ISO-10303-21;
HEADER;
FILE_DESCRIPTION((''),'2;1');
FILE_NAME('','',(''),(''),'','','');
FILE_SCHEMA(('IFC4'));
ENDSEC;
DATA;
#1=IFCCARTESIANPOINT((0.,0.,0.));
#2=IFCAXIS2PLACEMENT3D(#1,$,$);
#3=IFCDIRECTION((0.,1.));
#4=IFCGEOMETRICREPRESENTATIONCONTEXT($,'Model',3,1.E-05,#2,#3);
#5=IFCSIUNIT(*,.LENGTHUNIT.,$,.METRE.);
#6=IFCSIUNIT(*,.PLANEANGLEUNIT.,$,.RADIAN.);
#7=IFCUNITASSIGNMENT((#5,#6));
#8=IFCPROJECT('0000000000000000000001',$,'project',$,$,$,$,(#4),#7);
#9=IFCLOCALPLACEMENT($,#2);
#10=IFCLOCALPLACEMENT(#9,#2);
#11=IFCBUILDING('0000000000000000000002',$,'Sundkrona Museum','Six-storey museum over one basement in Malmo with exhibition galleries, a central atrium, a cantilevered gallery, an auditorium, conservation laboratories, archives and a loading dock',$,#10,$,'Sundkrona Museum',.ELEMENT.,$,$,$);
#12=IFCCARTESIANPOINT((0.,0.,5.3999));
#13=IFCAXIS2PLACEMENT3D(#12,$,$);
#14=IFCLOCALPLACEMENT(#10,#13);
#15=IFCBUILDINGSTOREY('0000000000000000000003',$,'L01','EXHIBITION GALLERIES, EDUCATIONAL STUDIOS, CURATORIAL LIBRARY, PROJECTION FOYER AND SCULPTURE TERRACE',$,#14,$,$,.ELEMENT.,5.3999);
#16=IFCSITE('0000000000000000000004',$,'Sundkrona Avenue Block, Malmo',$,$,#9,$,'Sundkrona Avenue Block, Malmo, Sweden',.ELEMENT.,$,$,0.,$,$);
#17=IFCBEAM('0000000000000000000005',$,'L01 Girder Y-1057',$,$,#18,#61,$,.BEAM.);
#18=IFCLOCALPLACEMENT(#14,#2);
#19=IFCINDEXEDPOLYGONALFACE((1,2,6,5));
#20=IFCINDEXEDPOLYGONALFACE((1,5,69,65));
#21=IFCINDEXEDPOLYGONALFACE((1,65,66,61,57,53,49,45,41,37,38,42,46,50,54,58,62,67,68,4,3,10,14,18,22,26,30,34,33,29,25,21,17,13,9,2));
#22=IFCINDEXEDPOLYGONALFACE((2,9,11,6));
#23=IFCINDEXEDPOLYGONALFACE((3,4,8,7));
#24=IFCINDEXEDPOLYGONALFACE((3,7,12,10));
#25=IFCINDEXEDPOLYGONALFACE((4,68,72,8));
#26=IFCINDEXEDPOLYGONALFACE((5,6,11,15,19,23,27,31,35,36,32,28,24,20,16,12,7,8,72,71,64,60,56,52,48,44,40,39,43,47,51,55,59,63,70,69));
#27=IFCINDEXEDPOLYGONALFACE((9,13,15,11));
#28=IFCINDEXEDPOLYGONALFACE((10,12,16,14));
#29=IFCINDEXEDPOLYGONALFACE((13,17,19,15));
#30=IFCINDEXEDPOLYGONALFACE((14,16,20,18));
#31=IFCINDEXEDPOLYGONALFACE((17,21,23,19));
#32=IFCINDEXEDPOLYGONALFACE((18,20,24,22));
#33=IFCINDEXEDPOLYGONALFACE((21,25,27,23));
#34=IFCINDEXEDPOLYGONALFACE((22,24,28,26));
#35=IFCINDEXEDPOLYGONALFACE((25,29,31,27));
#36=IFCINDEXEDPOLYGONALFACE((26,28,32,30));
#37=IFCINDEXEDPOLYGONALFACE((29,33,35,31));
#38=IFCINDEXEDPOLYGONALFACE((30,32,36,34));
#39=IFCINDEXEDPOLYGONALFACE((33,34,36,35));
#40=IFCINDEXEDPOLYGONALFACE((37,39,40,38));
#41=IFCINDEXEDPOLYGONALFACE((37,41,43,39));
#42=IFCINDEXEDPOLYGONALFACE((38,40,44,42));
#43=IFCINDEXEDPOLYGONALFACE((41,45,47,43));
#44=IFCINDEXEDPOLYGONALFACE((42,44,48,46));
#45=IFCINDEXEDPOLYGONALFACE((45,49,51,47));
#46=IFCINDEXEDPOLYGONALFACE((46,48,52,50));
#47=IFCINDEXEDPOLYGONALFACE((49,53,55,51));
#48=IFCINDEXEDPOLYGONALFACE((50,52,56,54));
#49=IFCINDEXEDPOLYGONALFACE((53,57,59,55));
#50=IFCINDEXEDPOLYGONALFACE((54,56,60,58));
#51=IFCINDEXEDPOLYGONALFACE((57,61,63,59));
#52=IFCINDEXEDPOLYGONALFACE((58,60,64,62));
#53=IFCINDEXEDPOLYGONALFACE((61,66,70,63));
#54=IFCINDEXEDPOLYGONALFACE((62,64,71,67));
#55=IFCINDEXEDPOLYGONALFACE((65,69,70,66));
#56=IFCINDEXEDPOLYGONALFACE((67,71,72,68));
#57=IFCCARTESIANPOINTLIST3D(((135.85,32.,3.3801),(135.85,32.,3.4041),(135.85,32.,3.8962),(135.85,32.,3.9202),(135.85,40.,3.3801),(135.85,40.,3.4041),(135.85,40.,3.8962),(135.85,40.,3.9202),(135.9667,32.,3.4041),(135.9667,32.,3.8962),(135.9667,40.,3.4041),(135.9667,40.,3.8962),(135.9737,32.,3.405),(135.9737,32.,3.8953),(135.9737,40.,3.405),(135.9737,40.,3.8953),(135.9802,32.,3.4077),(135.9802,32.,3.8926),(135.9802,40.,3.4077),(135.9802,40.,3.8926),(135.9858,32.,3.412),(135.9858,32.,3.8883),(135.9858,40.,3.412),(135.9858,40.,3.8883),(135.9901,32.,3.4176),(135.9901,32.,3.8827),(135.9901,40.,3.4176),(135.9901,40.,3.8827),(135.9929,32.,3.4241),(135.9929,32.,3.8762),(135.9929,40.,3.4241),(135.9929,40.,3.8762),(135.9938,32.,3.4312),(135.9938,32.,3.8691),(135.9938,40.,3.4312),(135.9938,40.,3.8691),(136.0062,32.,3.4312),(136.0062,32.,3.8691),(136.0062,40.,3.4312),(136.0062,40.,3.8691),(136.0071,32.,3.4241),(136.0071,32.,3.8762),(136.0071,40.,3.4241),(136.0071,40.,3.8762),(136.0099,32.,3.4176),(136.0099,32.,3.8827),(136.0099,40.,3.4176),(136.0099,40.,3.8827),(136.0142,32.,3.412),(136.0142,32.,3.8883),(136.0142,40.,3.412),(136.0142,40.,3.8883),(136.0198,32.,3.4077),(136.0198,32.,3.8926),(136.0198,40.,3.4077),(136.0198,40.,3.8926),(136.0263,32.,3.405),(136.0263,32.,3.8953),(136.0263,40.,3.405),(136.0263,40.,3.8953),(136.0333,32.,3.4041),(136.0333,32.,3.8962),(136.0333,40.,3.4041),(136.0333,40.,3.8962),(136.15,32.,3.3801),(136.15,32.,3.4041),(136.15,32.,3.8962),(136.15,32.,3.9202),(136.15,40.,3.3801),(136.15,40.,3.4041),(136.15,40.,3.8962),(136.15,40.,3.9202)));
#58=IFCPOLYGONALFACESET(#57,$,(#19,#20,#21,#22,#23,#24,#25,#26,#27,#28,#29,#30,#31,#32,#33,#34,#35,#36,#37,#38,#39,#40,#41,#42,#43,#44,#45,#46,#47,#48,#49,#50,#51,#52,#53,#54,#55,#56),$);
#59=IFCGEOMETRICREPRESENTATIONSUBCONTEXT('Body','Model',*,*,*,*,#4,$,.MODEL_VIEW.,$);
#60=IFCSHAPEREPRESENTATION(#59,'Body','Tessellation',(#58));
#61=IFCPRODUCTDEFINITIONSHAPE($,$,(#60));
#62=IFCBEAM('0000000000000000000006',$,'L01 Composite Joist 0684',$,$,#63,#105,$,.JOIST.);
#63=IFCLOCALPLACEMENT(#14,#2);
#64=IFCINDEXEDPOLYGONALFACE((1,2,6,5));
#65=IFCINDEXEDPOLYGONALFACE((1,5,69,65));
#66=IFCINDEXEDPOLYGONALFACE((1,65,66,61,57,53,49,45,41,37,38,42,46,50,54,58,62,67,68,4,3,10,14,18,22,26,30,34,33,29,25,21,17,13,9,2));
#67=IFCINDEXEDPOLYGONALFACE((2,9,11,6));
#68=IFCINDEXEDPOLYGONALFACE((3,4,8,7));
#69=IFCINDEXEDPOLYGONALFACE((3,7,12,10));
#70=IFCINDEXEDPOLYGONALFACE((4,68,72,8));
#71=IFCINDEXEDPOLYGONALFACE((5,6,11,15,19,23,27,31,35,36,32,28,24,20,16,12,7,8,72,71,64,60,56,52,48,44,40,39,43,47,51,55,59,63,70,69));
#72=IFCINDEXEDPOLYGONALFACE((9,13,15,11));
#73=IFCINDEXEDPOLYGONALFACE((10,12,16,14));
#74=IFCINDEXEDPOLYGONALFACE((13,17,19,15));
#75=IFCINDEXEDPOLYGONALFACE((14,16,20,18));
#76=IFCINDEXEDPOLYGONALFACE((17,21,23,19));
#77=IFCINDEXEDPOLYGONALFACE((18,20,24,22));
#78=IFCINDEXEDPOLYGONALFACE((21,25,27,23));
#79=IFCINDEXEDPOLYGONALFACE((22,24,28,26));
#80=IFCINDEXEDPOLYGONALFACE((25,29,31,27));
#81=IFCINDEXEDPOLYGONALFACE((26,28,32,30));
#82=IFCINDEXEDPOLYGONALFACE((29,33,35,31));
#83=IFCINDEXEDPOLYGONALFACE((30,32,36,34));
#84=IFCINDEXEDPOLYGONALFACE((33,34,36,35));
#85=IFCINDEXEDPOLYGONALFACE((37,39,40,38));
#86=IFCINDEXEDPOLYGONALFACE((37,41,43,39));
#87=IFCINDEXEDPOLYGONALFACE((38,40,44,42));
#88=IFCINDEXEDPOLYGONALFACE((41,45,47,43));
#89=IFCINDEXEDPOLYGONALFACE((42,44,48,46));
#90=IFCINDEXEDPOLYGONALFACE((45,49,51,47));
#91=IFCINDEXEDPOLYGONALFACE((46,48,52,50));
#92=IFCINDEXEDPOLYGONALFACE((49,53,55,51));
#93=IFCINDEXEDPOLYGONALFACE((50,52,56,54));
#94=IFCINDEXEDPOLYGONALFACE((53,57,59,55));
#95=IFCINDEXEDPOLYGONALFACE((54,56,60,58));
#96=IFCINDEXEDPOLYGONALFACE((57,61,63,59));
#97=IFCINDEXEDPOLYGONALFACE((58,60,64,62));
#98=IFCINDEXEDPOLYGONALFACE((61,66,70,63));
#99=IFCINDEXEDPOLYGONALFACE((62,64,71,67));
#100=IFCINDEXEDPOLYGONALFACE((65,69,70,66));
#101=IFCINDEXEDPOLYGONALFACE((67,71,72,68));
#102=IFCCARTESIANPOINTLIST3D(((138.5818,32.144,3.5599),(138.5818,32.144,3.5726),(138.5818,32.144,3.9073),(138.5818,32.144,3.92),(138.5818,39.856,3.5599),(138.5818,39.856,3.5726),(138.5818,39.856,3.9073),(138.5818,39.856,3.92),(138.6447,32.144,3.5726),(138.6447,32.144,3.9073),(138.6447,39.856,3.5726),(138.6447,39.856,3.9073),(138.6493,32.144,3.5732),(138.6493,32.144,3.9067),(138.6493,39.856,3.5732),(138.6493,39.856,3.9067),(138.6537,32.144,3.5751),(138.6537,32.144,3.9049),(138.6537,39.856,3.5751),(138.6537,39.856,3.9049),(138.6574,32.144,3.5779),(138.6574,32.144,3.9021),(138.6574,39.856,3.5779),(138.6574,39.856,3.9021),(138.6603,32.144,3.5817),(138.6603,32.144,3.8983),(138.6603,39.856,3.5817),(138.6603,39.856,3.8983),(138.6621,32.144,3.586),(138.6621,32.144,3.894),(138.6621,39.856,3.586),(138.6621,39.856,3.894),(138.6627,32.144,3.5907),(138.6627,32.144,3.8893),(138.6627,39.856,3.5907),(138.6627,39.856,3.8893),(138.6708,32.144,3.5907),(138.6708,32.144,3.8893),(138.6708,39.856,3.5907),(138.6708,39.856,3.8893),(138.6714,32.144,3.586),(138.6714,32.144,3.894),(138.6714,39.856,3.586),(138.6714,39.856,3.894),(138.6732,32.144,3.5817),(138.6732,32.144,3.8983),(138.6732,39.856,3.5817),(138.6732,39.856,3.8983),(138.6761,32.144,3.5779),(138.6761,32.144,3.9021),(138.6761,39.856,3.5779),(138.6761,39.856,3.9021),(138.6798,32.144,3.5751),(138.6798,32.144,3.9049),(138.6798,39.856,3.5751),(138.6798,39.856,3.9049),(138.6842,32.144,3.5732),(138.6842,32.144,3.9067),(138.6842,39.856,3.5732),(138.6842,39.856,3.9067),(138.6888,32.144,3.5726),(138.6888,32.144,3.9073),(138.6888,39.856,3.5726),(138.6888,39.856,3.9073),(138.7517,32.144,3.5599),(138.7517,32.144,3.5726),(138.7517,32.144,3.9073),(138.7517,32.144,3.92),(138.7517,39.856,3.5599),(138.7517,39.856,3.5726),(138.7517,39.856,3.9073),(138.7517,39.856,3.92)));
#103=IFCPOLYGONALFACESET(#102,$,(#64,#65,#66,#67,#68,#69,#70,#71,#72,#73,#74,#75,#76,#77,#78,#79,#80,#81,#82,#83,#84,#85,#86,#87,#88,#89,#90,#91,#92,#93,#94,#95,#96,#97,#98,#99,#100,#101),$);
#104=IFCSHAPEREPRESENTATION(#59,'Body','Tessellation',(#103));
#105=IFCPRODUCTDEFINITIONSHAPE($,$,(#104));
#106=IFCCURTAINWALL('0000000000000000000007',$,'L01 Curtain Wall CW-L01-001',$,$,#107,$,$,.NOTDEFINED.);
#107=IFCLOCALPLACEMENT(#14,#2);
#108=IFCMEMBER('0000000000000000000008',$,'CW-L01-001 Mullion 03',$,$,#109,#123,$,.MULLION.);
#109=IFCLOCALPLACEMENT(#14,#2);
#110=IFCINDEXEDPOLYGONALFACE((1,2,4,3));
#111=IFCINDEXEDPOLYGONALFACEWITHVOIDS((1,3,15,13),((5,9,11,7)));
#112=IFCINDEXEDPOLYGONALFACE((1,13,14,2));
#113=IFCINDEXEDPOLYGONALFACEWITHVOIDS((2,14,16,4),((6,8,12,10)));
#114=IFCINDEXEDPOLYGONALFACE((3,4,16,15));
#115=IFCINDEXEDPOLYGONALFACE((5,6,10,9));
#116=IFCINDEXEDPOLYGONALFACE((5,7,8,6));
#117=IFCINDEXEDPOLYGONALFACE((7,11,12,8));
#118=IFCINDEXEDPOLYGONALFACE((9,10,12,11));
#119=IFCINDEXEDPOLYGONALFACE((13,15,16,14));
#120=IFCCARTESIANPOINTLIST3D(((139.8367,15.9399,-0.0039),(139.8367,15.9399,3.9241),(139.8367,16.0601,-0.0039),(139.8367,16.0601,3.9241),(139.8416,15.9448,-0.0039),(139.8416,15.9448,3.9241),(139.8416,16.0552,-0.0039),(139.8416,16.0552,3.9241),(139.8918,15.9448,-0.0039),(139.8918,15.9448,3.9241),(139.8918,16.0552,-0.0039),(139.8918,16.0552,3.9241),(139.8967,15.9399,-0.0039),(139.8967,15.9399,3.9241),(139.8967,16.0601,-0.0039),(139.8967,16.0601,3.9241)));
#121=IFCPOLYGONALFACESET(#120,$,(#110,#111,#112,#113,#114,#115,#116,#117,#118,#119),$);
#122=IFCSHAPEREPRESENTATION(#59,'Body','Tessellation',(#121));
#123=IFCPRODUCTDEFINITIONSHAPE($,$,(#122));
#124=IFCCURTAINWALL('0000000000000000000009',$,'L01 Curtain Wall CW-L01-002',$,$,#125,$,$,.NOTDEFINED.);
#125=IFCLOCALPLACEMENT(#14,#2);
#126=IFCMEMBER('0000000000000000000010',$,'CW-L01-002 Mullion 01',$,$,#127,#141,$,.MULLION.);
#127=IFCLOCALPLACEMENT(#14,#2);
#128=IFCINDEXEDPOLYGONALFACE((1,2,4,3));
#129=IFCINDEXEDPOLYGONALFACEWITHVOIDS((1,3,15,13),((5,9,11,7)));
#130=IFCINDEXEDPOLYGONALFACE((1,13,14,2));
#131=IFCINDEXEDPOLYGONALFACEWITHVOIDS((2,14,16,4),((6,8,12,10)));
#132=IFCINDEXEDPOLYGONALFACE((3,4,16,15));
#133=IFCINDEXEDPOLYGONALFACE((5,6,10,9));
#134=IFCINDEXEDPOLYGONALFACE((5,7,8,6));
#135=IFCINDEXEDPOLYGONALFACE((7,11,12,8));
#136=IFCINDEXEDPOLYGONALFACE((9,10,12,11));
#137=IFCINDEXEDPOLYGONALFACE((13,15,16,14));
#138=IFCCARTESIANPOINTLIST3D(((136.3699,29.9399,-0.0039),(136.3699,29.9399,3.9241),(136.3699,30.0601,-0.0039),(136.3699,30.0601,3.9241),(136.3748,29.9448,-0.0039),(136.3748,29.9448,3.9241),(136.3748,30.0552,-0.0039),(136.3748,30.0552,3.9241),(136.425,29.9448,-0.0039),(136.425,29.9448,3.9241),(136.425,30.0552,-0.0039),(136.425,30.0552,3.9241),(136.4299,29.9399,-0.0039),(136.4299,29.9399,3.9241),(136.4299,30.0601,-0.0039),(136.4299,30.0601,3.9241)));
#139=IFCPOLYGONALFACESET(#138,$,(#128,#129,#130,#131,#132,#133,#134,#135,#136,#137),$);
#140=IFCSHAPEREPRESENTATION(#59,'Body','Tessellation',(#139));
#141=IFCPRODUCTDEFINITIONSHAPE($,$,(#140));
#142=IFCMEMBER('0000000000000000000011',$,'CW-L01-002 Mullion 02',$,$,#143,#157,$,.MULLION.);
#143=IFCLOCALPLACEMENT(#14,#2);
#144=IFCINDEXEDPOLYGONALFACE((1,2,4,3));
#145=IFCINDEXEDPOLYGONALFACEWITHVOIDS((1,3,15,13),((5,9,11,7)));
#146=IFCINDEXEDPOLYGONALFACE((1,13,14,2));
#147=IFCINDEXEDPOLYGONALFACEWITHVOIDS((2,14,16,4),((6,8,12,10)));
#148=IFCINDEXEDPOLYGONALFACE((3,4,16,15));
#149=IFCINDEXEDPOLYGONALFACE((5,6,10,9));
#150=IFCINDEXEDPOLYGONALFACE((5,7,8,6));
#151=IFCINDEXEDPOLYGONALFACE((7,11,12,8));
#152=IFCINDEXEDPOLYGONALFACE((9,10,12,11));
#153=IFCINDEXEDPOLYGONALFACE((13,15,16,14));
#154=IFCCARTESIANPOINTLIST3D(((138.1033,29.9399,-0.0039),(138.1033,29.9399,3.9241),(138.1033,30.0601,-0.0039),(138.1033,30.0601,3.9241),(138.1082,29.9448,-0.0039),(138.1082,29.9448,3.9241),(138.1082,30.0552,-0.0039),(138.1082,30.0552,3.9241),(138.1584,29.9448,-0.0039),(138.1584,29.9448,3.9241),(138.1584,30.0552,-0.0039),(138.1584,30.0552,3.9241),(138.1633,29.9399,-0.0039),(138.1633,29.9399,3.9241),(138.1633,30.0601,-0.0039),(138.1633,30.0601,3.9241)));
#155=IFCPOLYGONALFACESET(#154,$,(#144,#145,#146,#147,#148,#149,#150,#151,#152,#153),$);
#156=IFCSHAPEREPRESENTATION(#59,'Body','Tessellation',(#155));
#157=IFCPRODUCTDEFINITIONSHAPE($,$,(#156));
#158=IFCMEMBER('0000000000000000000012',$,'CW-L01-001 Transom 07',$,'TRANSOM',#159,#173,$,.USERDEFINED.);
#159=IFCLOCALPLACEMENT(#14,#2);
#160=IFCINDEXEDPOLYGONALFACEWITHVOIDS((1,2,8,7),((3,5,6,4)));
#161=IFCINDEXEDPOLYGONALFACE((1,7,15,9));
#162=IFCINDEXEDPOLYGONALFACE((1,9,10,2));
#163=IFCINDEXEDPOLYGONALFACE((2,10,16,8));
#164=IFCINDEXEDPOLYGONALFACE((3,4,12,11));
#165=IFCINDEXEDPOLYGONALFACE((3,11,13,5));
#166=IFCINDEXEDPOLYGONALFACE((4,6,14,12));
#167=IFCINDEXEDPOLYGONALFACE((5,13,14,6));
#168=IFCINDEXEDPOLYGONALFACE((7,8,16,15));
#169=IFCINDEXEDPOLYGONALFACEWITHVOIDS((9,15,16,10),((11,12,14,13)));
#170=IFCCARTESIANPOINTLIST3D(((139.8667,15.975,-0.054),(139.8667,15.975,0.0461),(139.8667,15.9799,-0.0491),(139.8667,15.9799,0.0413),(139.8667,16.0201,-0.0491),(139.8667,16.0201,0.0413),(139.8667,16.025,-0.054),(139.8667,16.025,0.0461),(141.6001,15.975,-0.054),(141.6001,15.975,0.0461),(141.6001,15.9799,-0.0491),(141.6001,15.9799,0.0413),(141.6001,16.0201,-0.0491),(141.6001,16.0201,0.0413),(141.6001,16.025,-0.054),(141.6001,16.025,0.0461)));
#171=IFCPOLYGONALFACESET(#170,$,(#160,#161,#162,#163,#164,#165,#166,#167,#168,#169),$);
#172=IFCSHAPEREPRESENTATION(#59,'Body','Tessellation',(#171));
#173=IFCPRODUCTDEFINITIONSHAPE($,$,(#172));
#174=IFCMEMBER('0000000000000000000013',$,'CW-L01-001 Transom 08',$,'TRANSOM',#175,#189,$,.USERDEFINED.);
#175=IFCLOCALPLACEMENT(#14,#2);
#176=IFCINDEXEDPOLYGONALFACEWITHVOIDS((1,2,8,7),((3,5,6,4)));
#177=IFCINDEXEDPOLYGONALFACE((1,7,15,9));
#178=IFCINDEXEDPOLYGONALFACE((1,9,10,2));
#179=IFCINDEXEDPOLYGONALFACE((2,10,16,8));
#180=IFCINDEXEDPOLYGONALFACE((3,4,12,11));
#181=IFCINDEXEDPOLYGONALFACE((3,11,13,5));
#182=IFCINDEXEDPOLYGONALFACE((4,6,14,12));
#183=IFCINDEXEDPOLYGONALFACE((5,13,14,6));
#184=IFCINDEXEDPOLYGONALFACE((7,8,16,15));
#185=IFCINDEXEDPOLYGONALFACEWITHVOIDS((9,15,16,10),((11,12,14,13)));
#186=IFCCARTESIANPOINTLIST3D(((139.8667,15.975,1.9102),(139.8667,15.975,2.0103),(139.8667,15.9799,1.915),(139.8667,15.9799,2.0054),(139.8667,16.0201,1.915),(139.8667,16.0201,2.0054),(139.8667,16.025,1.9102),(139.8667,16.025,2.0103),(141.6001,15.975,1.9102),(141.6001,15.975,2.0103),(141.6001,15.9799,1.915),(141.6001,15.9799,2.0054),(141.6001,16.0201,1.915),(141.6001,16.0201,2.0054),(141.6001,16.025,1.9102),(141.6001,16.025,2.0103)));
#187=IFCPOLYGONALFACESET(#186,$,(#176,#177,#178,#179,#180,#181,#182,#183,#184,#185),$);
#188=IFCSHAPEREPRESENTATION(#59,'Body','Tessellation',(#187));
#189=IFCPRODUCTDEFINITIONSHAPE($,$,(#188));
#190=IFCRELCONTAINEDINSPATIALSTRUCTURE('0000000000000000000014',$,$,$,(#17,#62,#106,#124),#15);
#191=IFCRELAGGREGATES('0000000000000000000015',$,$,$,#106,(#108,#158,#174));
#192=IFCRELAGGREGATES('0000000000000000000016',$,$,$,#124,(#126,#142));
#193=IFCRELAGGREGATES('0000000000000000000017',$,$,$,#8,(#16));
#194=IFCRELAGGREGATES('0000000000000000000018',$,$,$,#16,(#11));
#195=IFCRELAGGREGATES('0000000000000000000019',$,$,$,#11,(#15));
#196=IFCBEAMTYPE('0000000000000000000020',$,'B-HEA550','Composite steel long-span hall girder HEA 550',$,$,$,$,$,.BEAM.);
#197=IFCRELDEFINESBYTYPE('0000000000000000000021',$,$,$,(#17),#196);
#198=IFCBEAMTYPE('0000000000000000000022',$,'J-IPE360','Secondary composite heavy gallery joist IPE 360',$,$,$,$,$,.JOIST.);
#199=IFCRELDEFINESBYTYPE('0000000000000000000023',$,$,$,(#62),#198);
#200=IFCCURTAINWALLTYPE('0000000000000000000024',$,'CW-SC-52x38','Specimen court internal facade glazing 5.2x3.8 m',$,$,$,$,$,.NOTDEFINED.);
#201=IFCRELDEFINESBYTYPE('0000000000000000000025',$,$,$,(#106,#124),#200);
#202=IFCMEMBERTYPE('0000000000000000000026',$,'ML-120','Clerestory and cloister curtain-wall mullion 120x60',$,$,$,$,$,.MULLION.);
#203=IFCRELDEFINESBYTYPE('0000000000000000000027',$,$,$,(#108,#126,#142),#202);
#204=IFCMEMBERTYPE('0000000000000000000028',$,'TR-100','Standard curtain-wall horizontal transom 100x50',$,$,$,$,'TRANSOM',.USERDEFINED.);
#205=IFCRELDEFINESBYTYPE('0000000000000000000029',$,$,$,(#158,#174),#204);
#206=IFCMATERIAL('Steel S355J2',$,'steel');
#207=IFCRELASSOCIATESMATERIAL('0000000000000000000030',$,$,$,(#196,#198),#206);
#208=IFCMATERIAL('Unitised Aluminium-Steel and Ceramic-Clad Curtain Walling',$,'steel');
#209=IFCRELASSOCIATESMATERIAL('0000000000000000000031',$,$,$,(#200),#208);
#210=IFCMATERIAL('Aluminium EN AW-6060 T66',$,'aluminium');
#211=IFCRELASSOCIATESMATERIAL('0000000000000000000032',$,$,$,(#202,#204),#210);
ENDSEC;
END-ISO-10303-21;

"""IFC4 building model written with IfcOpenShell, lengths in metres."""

from ifc_helpers import new_model, si_unit, direction, frame, origin, origin_2d, place, context, subcontext, project, spatial, hollow_rectangle, i_section, extrude, material, material_profile, profile_set, type_object, element, aggregate, save


model = new_model("IFC4")

# Units and contexts
model_context = context("Model", 3, precision=1e-05, world=origin(), true_north=direction((0.0, 1.0)))
body_context = subcontext(model_context, "Body", "Model", "MODEL_VIEW")
ifc_project = project(units=[si_unit("LENGTHUNIT", "METRE"), si_unit("PLANEANGLEUNIT", "RADIAN")], contexts=[model_context])

# Site, building, storey
site_placement = place(None, origin())
site = spatial("IfcSite", under=ifc_project, at=site_placement, Name="Sundkrona Avenue Block, Malmo", LongName="Sundkrona Avenue Block, Malmo, Sweden", CompositionType="ELEMENT", RefElevation=0.0)
building_placement = place(site_placement, origin())
building = spatial("IfcBuilding", under=site, at=building_placement, Name="Sundkrona Museum", Description="Six-storey museum over one basement in Malmo with exhibition galleries, a central atrium, a cantilevered gallery, an auditorium, conservation laboratories, archives and a loading dock", LongName="Sundkrona Museum", CompositionType="ELEMENT")
storey_placement = place(building_placement, frame((0.0, 0.0, 5.3999)))
storey = spatial("IfcBuildingStorey", under=building, at=storey_placement, Name="L01", Description="EXHIBITION GALLERIES, EDUCATIONAL STUDIOS, CURATORIAL LIBRARY, PROJECTION FOYER AND SCULPTURE TERRACE", CompositionType="ELEMENT", Elevation=5.3999)

# Beams
ifc_material_1 = material(Name="Steel S355J2", Category="steel")
ifc_material_profile_1 = material_profile(ifc_material_1, i_section(OverallWidth=0.3, OverallDepth=0.54, WebThickness=0.0125, FlangeThickness=0.0239, FilletRadius=0.0271, at=origin_2d()), Name="HEA 550")
ifc_profile_set_1 = profile_set([ifc_material_profile_1], Name="Steel S355J2")
beam_type_1 = type_object("IfcBeamType", Name="B-HEA550", Description="Composite steel long-span hall girder HEA 550", PredefinedType="BEAM", material=ifc_profile_set_1)
beam_1_placement = place(storey_placement, frame((136.0, 32.0, 3.6501), z_axis=(0.0, 1.0, 0.0), x_axis=(-1.0, 0.0, 0.0)))
element("IfcBeam", 1, at=beam_1_placement, inside=storey, type_object=beam_type_1, Name="L01 Girder Y-1057", PredefinedType="BEAM", context=body_context, shape_type="SweptSolid", body=[
    extrude(i_section(OverallWidth=0.3, OverallDepth=0.54, WebThickness=0.0125, FlangeThickness=0.0239, FilletRadius=0.0271, at=origin_2d()), origin(), (0.0, 0.0, 1.0), 8.0),
])
ifc_material_profile_2 = material_profile(ifc_material_1, i_section(OverallWidth=0.1699, OverallDepth=0.3601, WebThickness=0.0081, FlangeThickness=0.0127, FilletRadius=0.0181, at=origin_2d()), Name="IPE 360")
ifc_profile_set_2 = profile_set([ifc_material_profile_2], Name="Steel S355J2")
beam_type_2 = type_object("IfcBeamType", Name="J-IPE360", Description="Secondary composite heavy gallery joist IPE 360", PredefinedType="JOIST", material=ifc_profile_set_2)
beam_2_placement = place(storey_placement, frame((138.6667, 32.144, 3.74), z_axis=(0.0, 1.0, 0.0), x_axis=(-1.0, 0.0, 0.0)))
element("IfcBeam", 2, at=beam_2_placement, inside=storey, type_object=beam_type_2, Name="L01 Composite Joist 0684", PredefinedType="JOIST", context=body_context, shape_type="SweptSolid", body=[
    extrude(i_section(OverallWidth=0.1699, OverallDepth=0.3601, WebThickness=0.0081, FlangeThickness=0.0127, FilletRadius=0.0181, at=origin_2d()), origin(), (0.0, 0.0, 1.0), 7.7119),
])

# Curtain wall, member
ifc_material_2 = material(Name="Unitised Aluminium-Steel and Ceramic-Clad Curtain Walling", Category="steel")
curtain_wall_type = type_object("IfcCurtainWallType", Name="CW-SC-52x38", Description="Specimen court internal facade glazing 5.2x3.8 m", PredefinedType="NOTDEFINED", material=ifc_material_2)
curtain_wall_1_placement = place(storey_placement, origin())
curtain_wall_1 = element("IfcCurtainWall", 3, at=curtain_wall_1_placement, inside=storey, type_object=curtain_wall_type, Name="L01 Curtain Wall CW-L01-001", PredefinedType="NOTDEFINED")
ifc_material_3 = material(Name="Aluminium EN AW-6060 T66", Category="aluminium")
ifc_material_profile_3 = material_profile(ifc_material_3, hollow_rectangle(XDim=0.0601, YDim=0.1201, WallThickness=0.0049, at=origin_2d()), Name="RHS 120x60x5.0")
ifc_profile_set_3 = profile_set([ifc_material_profile_3], Name="Aluminium EN AW-6060 T66")
member_type_1 = type_object("IfcMemberType", Name="ML-120", Description="Clerestory and cloister curtain-wall mullion 120x60", PredefinedType="MULLION", material=ifc_profile_set_3)
member_1_placement = place(storey_placement, frame((139.8667, 16.0, -0.0039), z_axis=(0.0, 0.0, 1.0), x_axis=(1.0, 0.0, 0.0)))
member_1 = element("IfcMember", 4, at=member_1_placement, type_object=member_type_1, Name="CW-L01-001 Mullion 03", PredefinedType="MULLION", context=body_context, shape_type="SweptSolid", body=[
    extrude(hollow_rectangle(XDim=0.0601, YDim=0.1201, WallThickness=0.0049, at=origin_2d()), origin(), (0.0, 0.0, 1.0), 3.928),
])

# Curtain wall, members
curtain_wall_2_placement = place(storey_placement, origin())
curtain_wall_2 = element("IfcCurtainWall", 5, at=curtain_wall_2_placement, inside=storey, type_object=curtain_wall_type, Name="L01 Curtain Wall CW-L01-002", PredefinedType="NOTDEFINED")
member_2_placement = place(storey_placement, frame((136.3999, 30.0, -0.0039), z_axis=(0.0, 0.0, 1.0), x_axis=(1.0, 0.0, 0.0)))
member_2 = element("IfcMember", 6, at=member_2_placement, type_object=member_type_1, Name="CW-L01-002 Mullion 01", PredefinedType="MULLION", context=body_context, shape_type="SweptSolid", body=[
    extrude(hollow_rectangle(XDim=0.0601, YDim=0.1201, WallThickness=0.0049, at=origin_2d()), origin(), (0.0, 0.0, 1.0), 3.928),
])
member_3_placement = place(storey_placement, frame((138.1333, 30.0, -0.0039), z_axis=(0.0, 0.0, 1.0), x_axis=(1.0, 0.0, 0.0)))
member_3 = element("IfcMember", 7, at=member_3_placement, type_object=member_type_1, Name="CW-L01-002 Mullion 02", PredefinedType="MULLION", context=body_context, shape_type="SweptSolid", body=[
    extrude(hollow_rectangle(XDim=0.0601, YDim=0.1201, WallThickness=0.0049, at=origin_2d()), origin(), (0.0, 0.0, 1.0), 3.928),
])

# Members
ifc_material_profile_4 = material_profile(ifc_material_3, hollow_rectangle(XDim=0.05, YDim=0.1001, WallThickness=0.0049, at=origin_2d()), Name="RHS 100x50x5.0")
ifc_profile_set_4 = profile_set([ifc_material_profile_4], Name="Aluminium EN AW-6060 T66")
member_type_2 = type_object("IfcMemberType", Name="TR-100", Description="Standard curtain-wall horizontal transom 100x50", ElementType="TRANSOM", PredefinedType="USERDEFINED", material=ifc_profile_set_4)
member_4_placement = place(storey_placement, frame((139.8667, 16.0, -0.0039), z_axis=(1.0, 0.0, 0.0), x_axis=(0.0, 1.0, 0.0)))
member_4 = element("IfcMember", 8, at=member_4_placement, type_object=member_type_2, Name="CW-L01-001 Transom 07", ObjectType="TRANSOM", PredefinedType="USERDEFINED", context=body_context, shape_type="SweptSolid", body=[
    extrude(hollow_rectangle(XDim=0.05, YDim=0.1001, WallThickness=0.0049, at=origin_2d()), origin(), (0.0, 0.0, 1.0), 1.7334),
])
member_5_placement = place(storey_placement, frame((139.8667, 16.0, 1.9602), z_axis=(1.0, 0.0, 0.0), x_axis=(0.0, 1.0, 0.0)))
member_5 = element("IfcMember", 9, at=member_5_placement, type_object=member_type_2, Name="CW-L01-001 Transom 08", ObjectType="TRANSOM", PredefinedType="USERDEFINED", context=body_context, shape_type="SweptSolid", body=[
    extrude(hollow_rectangle(XDim=0.05, YDim=0.1001, WallThickness=0.0049, at=origin_2d()), origin(), (0.0, 0.0, 1.0), 1.7334),
])

aggregate(curtain_wall_1, [member_1, member_4, member_5])
aggregate(curtain_wall_2, [member_2, member_3])

save(model, "model.ifc")
